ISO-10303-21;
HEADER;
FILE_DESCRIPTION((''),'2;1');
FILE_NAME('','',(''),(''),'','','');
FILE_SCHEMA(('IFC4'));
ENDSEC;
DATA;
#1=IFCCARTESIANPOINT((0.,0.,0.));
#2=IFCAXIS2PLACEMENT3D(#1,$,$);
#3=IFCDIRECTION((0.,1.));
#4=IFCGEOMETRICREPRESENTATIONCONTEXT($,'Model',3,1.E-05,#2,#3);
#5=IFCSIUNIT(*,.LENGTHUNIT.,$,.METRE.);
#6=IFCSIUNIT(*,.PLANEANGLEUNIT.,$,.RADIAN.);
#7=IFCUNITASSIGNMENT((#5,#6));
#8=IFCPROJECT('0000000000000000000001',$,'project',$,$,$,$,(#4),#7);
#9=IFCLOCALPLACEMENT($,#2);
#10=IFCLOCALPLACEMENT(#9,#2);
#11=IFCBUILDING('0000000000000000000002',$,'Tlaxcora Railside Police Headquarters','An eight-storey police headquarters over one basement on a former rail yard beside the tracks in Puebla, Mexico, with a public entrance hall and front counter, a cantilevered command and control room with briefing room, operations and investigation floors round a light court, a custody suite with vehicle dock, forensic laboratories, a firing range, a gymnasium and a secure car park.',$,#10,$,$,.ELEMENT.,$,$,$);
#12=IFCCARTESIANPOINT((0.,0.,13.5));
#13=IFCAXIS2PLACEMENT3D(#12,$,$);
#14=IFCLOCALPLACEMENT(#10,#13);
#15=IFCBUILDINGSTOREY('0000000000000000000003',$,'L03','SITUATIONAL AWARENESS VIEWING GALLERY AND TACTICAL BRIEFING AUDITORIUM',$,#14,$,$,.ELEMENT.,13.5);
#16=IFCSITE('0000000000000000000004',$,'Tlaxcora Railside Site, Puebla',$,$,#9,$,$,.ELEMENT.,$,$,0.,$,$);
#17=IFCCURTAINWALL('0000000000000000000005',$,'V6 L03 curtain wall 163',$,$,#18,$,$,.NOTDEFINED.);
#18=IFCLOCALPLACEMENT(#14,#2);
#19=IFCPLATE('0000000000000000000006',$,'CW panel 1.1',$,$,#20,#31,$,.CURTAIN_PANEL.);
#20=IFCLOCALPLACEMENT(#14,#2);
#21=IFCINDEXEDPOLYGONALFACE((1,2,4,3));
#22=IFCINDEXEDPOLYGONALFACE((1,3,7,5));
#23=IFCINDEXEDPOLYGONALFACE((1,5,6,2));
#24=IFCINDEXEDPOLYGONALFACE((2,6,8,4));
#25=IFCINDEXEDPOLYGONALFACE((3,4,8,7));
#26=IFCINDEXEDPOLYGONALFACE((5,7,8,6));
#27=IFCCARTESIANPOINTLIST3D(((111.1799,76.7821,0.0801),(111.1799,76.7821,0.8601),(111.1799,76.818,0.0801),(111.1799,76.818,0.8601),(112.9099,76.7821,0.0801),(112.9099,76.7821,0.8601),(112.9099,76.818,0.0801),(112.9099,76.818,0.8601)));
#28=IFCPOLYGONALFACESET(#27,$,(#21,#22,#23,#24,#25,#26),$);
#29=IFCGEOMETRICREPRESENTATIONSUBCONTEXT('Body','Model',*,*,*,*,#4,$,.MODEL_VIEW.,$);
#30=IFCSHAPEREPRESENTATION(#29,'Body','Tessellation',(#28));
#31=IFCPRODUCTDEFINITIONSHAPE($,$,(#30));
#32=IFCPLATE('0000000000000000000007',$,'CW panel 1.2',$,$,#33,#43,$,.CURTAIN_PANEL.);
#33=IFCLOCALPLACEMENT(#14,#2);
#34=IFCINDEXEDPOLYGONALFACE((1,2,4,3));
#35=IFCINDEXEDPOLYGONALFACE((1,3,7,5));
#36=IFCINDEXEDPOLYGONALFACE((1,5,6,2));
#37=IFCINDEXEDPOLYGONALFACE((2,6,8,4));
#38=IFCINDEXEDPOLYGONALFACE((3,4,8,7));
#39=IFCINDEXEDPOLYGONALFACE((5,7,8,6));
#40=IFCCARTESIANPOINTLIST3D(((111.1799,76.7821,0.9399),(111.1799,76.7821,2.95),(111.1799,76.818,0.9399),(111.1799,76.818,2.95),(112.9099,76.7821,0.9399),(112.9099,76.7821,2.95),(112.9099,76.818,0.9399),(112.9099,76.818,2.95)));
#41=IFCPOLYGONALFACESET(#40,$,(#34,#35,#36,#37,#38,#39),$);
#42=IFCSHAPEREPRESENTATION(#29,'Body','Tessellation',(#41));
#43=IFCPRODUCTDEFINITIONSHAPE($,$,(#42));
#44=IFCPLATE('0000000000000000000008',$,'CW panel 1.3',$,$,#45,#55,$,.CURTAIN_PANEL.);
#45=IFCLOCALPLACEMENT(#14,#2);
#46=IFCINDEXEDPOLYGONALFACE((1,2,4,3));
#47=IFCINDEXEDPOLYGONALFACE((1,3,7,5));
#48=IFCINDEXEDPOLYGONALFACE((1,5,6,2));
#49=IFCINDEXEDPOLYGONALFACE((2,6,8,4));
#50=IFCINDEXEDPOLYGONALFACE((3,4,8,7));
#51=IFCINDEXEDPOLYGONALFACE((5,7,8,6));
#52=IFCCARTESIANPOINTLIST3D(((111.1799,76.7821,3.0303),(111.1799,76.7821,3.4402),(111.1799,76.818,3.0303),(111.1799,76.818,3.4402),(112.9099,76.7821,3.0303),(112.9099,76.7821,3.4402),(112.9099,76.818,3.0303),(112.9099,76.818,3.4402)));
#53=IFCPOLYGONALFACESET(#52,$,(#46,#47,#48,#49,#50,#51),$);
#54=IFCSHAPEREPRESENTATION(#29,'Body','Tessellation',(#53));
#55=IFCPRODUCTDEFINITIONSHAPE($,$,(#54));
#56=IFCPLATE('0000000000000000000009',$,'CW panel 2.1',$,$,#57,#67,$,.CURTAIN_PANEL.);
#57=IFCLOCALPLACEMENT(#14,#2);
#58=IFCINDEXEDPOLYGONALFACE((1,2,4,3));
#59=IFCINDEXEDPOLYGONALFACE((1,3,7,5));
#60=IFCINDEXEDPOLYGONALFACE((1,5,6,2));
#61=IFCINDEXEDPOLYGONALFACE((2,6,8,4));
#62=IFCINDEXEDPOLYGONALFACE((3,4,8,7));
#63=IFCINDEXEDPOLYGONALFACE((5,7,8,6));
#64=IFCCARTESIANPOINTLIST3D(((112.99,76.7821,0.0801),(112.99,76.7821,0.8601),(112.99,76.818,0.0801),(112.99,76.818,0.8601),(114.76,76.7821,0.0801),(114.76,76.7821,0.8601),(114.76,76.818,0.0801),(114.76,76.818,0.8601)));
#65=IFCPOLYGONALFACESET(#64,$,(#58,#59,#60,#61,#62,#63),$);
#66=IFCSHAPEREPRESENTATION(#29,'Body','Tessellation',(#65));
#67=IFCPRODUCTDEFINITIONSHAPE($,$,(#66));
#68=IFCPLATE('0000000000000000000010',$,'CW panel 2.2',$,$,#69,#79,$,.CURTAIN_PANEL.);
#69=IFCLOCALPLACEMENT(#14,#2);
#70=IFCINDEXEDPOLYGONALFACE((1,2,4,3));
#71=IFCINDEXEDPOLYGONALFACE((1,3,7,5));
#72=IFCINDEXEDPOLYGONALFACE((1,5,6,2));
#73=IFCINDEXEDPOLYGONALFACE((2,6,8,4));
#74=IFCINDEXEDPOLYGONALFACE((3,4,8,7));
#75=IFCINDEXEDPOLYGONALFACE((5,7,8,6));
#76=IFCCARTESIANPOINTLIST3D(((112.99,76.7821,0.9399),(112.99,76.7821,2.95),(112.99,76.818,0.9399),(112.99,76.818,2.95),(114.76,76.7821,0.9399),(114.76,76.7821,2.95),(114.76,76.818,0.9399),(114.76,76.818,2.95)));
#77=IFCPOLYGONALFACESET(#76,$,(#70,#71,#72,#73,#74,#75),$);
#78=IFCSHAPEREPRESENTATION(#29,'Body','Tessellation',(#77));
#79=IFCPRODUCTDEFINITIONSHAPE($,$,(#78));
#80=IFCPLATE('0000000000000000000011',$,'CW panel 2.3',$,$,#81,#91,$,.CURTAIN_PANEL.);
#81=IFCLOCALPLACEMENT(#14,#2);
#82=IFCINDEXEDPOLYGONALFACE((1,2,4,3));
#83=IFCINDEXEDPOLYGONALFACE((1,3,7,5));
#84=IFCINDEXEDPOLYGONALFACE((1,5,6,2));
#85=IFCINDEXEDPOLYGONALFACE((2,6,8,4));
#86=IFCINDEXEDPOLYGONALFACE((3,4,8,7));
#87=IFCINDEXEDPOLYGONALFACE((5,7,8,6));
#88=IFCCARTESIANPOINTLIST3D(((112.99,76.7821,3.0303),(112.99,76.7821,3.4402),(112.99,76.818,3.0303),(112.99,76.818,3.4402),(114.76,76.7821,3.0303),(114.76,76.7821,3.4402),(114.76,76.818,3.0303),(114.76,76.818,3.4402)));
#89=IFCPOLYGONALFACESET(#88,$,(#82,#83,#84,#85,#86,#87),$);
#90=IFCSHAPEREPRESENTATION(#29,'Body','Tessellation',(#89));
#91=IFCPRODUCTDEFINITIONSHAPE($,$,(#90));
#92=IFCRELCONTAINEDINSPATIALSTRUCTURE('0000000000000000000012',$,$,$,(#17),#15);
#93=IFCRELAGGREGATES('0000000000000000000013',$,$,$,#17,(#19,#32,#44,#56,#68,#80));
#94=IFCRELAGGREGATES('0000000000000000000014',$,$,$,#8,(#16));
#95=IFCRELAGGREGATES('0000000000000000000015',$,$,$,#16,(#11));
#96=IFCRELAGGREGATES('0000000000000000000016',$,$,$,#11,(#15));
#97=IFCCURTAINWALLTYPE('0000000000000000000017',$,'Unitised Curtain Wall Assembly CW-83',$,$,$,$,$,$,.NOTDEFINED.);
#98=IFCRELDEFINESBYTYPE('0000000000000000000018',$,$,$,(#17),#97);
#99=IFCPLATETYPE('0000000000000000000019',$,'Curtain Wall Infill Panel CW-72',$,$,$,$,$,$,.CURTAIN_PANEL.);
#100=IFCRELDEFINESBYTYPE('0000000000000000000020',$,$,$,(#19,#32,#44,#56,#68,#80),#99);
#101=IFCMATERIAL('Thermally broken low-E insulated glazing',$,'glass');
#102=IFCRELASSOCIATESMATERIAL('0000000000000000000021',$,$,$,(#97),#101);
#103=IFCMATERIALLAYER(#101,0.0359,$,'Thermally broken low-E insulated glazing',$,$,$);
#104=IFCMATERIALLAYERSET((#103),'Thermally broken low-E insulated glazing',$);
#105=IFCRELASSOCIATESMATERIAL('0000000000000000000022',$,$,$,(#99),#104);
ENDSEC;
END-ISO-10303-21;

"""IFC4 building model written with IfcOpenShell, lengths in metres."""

from ifc_helpers import new_model, si_unit, direction, frame, origin, origin_2d, place, context, subcontext, project, spatial, rectangle, extrude, material, layer, layer_set, type_object, element, aggregate, save


model = new_model("IFC4")

# Units and contexts
model_context = context("Model", 3, precision=1e-05, world=origin(), true_north=direction((0.0, 1.0)))
body_context = subcontext(model_context, "Body", "Model", "MODEL_VIEW")
ifc_project = project(units=[si_unit("LENGTHUNIT", "METRE"), si_unit("PLANEANGLEUNIT", "RADIAN")], contexts=[model_context])

# Site, building, storey
site_placement = place(None, origin())
site = spatial("IfcSite", under=ifc_project, at=site_placement, Name="Tlaxcora Railside Site, Puebla", CompositionType="ELEMENT", RefElevation=0.0)
building_placement = place(site_placement, origin())
building = spatial("IfcBuilding", under=site, at=building_placement, Name="Tlaxcora Railside Police Headquarters", Description="An eight-storey police headquarters over one basement on a former rail yard beside the tracks in Puebla, Mexico, with a public entrance hall and front counter, a cantilevered command and control room with briefing room, operations and investigation floors round a light court, a custody suite with vehicle dock, forensic laboratories, a firing range, a gymnasium and a secure car park.", CompositionType="ELEMENT")
storey_placement = place(building_placement, frame((0.0, 0.0, 13.5)))
storey = spatial("IfcBuildingStorey", under=building, at=storey_placement, Name="L03", Description="SITUATIONAL AWARENESS VIEWING GALLERY AND TACTICAL BRIEFING AUDITORIUM", CompositionType="ELEMENT", Elevation=13.5)

# Curtain wall
ifc_material_1 = material(Name="Thermally broken low-E insulated glazing", Category="glass")
curtain_wall_type = type_object("IfcCurtainWallType", Name="Unitised Curtain Wall Assembly CW-83", PredefinedType="NOTDEFINED", material=ifc_material_1)
curtain_wall_placement = place(storey_placement, origin())
curtain_wall = element("IfcCurtainWall", 1, at=curtain_wall_placement, inside=storey, type_object=curtain_wall_type, Name="V6 L03 curtain wall 163", PredefinedType="NOTDEFINED")

# Plates
ifc_layer = layer(ifc_material_1, 0.0359, Name="Thermally broken low-E insulated glazing")
ifc_layer_set = layer_set([ifc_layer], Name="Thermally broken low-E insulated glazing")
plate_type = type_object("IfcPlateType", Name="Curtain Wall Infill Panel CW-72", PredefinedType="CURTAIN_PANEL", material=ifc_layer_set)
plate_1_placement = place(storey_placement, frame((112.0449, 76.8, 0.0801), z_axis=(0.0, 0.0, 1.0), x_axis=(1.0, 0.0, 0.0)))
plate_1 = element("IfcPlate", 2, at=plate_1_placement, type_object=plate_type, Name="CW panel 1.1", PredefinedType="CURTAIN_PANEL", context=body_context, shape_type="SweptSolid", body=[
    extrude(rectangle(XDim=1.73, YDim=0.0359, at=origin_2d()), origin(), (0.0, 0.0, 1.0), 0.78),
])
plate_2_placement = place(storey_placement, frame((112.0449, 76.8, 0.9399), z_axis=(0.0, 0.0, 1.0), x_axis=(1.0, 0.0, 0.0)))
plate_2 = element("IfcPlate", 3, at=plate_2_placement, type_object=plate_type, Name="CW panel 1.2", PredefinedType="CURTAIN_PANEL", context=body_context, shape_type="SweptSolid", body=[
    extrude(rectangle(XDim=1.73, YDim=0.0359, at=origin_2d()), origin(), (0.0, 0.0, 1.0), 2.01),
])
plate_3_placement = place(storey_placement, frame((112.0449, 76.8, 3.0303), z_axis=(0.0, 0.0, 1.0), x_axis=(1.0, 0.0, 0.0)))
plate_3 = element("IfcPlate", 4, at=plate_3_placement, type_object=plate_type, Name="CW panel 1.3", PredefinedType="CURTAIN_PANEL", context=body_context, shape_type="SweptSolid", body=[
    extrude(rectangle(XDim=1.73, YDim=0.0359, at=origin_2d()), origin(), (0.0, 0.0, 1.0), 0.4099),
])
plate_4_placement = place(storey_placement, frame((113.875, 76.8, 0.0801), z_axis=(0.0, 0.0, 1.0), x_axis=(1.0, 0.0, 0.0)))
plate_4 = element("IfcPlate", 5, at=plate_4_placement, type_object=plate_type, Name="CW panel 2.1", PredefinedType="CURTAIN_PANEL", context=body_context, shape_type="SweptSolid", body=[
    extrude(rectangle(XDim=1.77, YDim=0.0359, at=origin_2d()), origin(), (0.0, 0.0, 1.0), 0.78),
])
plate_5_placement = place(storey_placement, frame((113.875, 76.8, 0.9399), z_axis=(0.0, 0.0, 1.0), x_axis=(1.0, 0.0, 0.0)))
plate_5 = element("IfcPlate", 6, at=plate_5_placement, type_object=plate_type, Name="CW panel 2.2", PredefinedType="CURTAIN_PANEL", context=body_context, shape_type="SweptSolid", body=[
    extrude(rectangle(XDim=1.77, YDim=0.0359, at=origin_2d()), origin(), (0.0, 0.0, 1.0), 2.01),
])
plate_6_placement = place(storey_placement, frame((113.875, 76.8, 3.0303), z_axis=(0.0, 0.0, 1.0), x_axis=(1.0, 0.0, 0.0)))
plate_6 = element("IfcPlate", 7, at=plate_6_placement, type_object=plate_type, Name="CW panel 2.3", PredefinedType="CURTAIN_PANEL", context=body_context, shape_type="SweptSolid", body=[
    extrude(rectangle(XDim=1.77, YDim=0.0359, at=origin_2d()), origin(), (0.0, 0.0, 1.0), 0.4099),
])
aggregate(curtain_wall, [plate_1, plate_2, plate_3, plate_4, plate_5, plate_6])

save(model, "model.ifc")
